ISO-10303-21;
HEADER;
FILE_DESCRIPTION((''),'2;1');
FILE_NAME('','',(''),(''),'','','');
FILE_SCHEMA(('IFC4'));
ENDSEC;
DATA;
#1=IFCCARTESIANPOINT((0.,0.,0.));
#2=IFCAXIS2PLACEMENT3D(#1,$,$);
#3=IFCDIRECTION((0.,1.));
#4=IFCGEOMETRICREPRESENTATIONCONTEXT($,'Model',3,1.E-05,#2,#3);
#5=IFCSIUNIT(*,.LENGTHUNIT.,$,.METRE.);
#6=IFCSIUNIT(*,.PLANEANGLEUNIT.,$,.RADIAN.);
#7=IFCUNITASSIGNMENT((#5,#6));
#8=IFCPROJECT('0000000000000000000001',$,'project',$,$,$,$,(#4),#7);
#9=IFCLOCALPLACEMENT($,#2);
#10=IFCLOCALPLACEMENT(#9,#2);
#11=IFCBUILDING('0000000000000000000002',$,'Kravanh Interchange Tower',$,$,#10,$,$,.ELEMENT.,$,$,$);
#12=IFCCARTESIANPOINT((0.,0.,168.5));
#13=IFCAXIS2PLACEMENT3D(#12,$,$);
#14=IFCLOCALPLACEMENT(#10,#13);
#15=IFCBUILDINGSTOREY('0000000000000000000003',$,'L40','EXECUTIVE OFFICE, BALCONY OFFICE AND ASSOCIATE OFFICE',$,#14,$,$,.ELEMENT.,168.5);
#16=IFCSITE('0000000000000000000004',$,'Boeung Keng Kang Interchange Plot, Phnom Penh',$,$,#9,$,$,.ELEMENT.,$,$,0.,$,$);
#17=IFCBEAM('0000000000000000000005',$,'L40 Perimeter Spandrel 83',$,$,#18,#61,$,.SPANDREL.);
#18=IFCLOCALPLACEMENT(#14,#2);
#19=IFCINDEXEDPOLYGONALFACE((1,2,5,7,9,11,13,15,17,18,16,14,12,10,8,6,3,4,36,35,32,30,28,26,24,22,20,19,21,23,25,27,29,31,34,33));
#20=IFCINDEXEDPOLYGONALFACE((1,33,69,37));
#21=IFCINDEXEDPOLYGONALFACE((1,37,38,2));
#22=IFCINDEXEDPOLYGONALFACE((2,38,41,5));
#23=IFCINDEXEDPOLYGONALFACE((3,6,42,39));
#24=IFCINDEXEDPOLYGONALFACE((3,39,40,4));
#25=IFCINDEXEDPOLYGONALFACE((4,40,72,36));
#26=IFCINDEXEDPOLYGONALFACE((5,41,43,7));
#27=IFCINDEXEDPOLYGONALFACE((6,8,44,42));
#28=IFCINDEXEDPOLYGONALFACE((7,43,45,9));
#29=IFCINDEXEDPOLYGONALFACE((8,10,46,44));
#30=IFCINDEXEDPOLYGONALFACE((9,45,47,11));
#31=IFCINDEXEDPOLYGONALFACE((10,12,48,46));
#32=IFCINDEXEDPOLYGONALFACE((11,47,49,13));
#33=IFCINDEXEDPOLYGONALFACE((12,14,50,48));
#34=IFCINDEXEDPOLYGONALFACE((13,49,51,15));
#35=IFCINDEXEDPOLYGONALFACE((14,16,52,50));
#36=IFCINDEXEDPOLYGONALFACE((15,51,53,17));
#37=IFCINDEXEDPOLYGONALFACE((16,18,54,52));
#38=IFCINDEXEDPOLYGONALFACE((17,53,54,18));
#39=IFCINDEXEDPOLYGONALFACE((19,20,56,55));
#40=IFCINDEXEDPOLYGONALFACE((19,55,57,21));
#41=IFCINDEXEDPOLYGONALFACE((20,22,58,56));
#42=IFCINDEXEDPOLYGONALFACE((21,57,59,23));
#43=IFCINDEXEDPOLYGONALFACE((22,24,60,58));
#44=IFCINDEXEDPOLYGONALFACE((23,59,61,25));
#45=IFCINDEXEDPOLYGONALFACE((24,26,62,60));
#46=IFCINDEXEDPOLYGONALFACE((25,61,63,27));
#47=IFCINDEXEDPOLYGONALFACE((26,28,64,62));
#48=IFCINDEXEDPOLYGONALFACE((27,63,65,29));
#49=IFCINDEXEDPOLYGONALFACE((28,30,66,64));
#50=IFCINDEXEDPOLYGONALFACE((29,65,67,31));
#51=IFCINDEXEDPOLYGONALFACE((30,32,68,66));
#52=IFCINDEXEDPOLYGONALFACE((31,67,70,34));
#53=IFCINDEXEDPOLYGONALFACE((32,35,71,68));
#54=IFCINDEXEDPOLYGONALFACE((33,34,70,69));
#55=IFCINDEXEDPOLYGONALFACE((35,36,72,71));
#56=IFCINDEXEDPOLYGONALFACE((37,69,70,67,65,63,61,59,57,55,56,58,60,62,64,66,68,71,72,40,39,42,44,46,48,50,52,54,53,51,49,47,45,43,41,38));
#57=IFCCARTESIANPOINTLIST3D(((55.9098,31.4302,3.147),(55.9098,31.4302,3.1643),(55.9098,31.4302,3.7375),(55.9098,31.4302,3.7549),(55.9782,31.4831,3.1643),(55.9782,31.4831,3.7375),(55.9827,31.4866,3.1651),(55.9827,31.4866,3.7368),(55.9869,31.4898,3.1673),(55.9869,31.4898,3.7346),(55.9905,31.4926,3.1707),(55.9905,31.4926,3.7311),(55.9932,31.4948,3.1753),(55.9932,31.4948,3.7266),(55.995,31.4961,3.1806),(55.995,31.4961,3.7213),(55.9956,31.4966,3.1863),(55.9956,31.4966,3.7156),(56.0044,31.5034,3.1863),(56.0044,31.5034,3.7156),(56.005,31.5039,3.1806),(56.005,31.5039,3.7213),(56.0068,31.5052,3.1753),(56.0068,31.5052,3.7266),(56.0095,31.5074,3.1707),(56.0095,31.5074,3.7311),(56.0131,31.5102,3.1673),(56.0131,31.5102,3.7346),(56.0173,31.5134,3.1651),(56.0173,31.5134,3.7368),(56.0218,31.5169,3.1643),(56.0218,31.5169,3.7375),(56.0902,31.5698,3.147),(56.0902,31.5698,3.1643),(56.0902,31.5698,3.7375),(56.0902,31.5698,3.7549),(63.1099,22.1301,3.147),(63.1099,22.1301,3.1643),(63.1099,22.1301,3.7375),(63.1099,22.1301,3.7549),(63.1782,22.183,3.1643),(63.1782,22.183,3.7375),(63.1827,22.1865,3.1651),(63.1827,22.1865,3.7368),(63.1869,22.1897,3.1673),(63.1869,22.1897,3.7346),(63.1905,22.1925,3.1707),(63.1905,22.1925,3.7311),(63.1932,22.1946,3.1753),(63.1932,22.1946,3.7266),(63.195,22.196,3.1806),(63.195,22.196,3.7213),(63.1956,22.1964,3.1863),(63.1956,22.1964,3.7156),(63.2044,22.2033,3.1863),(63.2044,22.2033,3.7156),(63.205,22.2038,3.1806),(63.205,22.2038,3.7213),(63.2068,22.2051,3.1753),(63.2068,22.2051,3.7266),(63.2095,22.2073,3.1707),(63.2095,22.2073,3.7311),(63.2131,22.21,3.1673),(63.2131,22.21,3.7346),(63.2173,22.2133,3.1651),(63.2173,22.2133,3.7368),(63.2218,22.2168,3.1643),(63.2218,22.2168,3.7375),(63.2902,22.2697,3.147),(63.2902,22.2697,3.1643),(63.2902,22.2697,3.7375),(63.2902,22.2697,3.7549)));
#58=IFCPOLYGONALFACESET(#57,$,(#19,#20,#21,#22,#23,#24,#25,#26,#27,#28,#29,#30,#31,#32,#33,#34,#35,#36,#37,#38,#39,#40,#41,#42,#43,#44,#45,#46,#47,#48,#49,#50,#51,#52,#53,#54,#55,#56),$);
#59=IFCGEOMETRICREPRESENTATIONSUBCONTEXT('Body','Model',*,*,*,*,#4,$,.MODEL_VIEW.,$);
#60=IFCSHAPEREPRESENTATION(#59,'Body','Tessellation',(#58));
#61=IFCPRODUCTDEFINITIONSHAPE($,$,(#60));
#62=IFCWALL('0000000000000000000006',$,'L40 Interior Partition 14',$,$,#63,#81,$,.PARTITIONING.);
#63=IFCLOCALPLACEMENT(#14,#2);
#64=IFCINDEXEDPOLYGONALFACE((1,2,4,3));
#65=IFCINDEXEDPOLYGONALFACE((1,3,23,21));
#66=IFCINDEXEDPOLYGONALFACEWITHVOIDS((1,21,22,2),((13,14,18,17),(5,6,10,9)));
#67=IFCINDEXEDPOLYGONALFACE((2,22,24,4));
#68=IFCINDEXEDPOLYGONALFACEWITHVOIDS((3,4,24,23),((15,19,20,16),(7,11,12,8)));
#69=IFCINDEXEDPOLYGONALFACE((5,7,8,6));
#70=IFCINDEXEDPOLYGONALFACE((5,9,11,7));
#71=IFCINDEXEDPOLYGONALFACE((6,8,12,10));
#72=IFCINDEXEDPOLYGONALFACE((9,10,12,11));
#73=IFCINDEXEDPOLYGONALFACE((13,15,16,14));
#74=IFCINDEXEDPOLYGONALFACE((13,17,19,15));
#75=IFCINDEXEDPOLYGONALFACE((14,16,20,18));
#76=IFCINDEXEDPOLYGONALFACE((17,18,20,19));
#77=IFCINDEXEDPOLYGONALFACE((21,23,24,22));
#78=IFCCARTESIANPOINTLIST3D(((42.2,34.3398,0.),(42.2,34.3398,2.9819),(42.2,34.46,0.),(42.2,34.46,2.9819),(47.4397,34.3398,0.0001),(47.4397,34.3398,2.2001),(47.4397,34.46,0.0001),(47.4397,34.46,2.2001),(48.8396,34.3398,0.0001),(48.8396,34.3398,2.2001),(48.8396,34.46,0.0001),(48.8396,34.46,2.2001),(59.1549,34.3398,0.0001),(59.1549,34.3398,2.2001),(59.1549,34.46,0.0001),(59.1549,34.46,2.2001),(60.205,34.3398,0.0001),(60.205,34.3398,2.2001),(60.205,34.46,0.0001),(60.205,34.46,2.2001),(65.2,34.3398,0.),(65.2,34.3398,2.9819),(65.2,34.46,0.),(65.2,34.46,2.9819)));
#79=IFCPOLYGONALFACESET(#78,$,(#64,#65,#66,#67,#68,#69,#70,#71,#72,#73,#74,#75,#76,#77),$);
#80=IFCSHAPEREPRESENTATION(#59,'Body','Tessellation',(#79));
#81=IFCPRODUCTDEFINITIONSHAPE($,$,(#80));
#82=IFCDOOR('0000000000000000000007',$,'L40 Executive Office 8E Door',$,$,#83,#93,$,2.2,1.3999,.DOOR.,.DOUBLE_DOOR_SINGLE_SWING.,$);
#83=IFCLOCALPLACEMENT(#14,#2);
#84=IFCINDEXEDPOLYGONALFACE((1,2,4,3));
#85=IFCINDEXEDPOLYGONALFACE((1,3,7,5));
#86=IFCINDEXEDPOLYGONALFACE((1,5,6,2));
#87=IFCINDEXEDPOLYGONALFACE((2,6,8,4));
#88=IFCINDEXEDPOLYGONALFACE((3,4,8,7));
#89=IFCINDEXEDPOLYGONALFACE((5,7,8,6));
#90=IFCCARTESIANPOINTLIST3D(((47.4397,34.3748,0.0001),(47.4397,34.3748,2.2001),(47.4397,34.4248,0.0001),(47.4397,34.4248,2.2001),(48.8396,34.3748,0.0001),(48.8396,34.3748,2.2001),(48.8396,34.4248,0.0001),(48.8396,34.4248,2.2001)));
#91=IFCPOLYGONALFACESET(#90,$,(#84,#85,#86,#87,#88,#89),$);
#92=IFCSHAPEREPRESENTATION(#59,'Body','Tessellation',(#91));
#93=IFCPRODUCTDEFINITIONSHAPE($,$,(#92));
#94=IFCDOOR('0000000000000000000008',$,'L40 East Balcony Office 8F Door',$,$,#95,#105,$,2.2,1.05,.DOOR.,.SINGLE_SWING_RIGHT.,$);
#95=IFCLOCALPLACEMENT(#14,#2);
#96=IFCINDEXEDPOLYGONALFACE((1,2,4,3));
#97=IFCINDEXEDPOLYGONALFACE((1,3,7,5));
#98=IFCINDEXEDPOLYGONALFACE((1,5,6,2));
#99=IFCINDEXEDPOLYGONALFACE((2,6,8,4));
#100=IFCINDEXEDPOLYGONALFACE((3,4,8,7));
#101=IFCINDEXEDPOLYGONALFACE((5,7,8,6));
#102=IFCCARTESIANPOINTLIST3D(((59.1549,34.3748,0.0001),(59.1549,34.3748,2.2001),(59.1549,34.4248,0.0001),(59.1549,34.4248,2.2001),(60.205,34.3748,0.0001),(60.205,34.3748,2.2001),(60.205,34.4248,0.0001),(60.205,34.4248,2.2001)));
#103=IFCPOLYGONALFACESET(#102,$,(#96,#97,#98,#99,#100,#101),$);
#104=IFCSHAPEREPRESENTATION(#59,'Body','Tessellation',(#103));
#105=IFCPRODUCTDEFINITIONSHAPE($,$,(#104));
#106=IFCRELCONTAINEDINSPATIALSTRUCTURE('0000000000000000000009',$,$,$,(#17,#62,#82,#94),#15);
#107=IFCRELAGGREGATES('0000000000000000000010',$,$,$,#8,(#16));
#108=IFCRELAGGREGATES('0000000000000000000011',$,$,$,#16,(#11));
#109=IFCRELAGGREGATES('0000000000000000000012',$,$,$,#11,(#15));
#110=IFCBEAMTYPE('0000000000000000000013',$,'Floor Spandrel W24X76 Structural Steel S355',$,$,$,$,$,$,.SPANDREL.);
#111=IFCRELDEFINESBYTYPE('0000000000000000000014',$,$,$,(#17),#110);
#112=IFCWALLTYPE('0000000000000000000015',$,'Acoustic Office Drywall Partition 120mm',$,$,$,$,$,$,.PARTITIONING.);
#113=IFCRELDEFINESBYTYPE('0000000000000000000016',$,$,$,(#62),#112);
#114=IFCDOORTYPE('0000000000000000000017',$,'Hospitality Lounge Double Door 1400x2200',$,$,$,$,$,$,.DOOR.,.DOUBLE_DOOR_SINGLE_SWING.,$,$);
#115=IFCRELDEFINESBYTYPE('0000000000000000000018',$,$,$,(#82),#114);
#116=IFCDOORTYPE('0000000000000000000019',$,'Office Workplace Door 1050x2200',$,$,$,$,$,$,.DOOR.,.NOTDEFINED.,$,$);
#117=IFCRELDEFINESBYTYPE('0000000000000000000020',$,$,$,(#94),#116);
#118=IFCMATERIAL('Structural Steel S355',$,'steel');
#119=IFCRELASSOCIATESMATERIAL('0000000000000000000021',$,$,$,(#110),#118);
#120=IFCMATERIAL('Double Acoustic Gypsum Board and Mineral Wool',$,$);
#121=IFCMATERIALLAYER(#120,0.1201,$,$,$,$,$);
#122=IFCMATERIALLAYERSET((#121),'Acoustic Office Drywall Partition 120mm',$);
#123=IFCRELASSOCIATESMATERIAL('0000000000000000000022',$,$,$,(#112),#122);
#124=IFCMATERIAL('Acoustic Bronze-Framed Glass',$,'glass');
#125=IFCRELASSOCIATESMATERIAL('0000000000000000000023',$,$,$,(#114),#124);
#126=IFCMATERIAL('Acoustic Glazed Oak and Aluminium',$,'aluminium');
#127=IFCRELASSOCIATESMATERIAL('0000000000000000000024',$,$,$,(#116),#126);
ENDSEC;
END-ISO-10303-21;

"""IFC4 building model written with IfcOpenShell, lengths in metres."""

from ifc_helpers import new_model, si_unit, direction, frame, frame_2d, origin, origin_2d, place, context, subcontext, project, spatial, rectangle, i_section, extrude, material, layer, layer_set, material_profile, profile_set, type_object, element, fill, save


model = new_model("IFC4")

# Units and contexts
model_context = context("Model", 3, precision=1e-05, world=origin(), true_north=direction((0.0, 1.0)))
body_context = subcontext(model_context, "Body", "Model", "MODEL_VIEW")
ifc_project = project(units=[si_unit("LENGTHUNIT", "METRE"), si_unit("PLANEANGLEUNIT", "RADIAN")], contexts=[model_context])

# Site, building, storey
site_placement = place(None, origin())
site = spatial("IfcSite", under=ifc_project, at=site_placement, Name="Boeung Keng Kang Interchange Plot, Phnom Penh", CompositionType="ELEMENT", RefElevation=0.0)
building_placement = place(site_placement, origin())
building = spatial("IfcBuilding", under=site, at=building_placement, Name="Kravanh Interchange Tower", CompositionType="ELEMENT")
storey_placement = place(building_placement, frame((0.0, 0.0, 168.5)))
storey = spatial("IfcBuildingStorey", under=building, at=storey_placement, Name="L40", Description="EXECUTIVE OFFICE, BALCONY OFFICE AND ASSOCIATE OFFICE", CompositionType="ELEMENT", Elevation=168.5)

# Beam
ifc_material_1 = material(Name="Structural Steel S355", Category="steel")
ifc_material_profile_1 = material_profile(ifc_material_1, i_section(OverallWidth=0.228, OverallDepth=0.6079, WebThickness=0.0112, FlangeThickness=0.0173, FilletRadius=0.022, at=origin_2d()), Name="W24X76")
ifc_profile_set_1 = profile_set([ifc_material_profile_1], Name="Structural Steel S355")
beam_type_1 = type_object("IfcBeamType", Name="Floor Spandrel W24X76 Structural Steel S355", PredefinedType="SPANDREL", material=ifc_profile_set_1)
beam_1_placement = place(storey_placement, frame((56.0, 31.5, 3.4509), z_axis=(0.612169, -0.790727, 0.0), x_axis=(0.790727, 0.612169, 0.0)))
element("IfcBeam", 1, at=beam_1_placement, inside=storey, type_object=beam_type_1, Name="L40 Perimeter Spandrel 83", PredefinedType="SPANDREL", context=body_context, shape_type="SweptSolid", body=[
    extrude(i_section(OverallWidth=0.228, OverallDepth=0.6079, WebThickness=0.0112, FlangeThickness=0.0173, FilletRadius=0.022, at=origin_2d()), origin(), (0.0, 0.0, 1.0), 11.7615),
])

# Wall, openings, doors
ifc_material_2 = material(Name="Double Acoustic Gypsum Board and Mineral Wool")
ifc_layer = layer(ifc_material_2, 0.1201)
ifc_layer_set = layer_set([ifc_layer], Name="Acoustic Office Drywall Partition 120mm")
wall_type = type_object("IfcWallType", Name="Acoustic Office Drywall Partition 120mm", PredefinedType="PARTITIONING", material=ifc_layer_set)
wall_placement = place(storey_placement, frame((42.2, 34.3999, 0.0), z_axis=(0.0, 0.0, 1.0), x_axis=(1.0, 0.0, 0.0)))
wall = element("IfcWall", 2, at=wall_placement, inside=storey, type_object=wall_type, Name="L40 Interior Partition 14", PredefinedType="PARTITIONING", context=body_context, shape_type="SweptSolid", body=[
    extrude(rectangle(XDim=23.0, YDim=0.1201, at=frame_2d((11.5, 0.0))), origin(), (0.0, 0.0, 1.0), 2.9819),
])
opening_1_placement = place(wall_placement, frame((5.2397, 0.0, 0.0)))
opening_1 = element("IfcOpeningElement", 3, at=opening_1_placement, cuts=wall, PredefinedType="OPENING", context=body_context, shape_type="SweptSolid", body=[
    extrude(rectangle(XDim=1.3999, YDim=2.2, at=frame_2d((0.7, 1.1001))), frame((0.0, 0.0701, 0.0), z_axis=(0.0, -1.0, 0.0), x_axis=(1.0, 0.0, 0.0)), (0.0, 0.0, 1.0), 0.1401),
])
opening_2_placement = place(wall_placement, frame((16.9551, 0.0, 0.0)))
opening_2 = element("IfcOpeningElement", 4, at=opening_2_placement, cuts=wall, PredefinedType="OPENING", context=body_context, shape_type="SweptSolid", body=[
    extrude(rectangle(XDim=1.05, YDim=2.2, at=frame_2d((0.5249, 1.1001))), frame((0.0, 0.0701, 0.0), z_axis=(0.0, -1.0, 0.0), x_axis=(1.0, 0.0, 0.0)), (0.0, 0.0, 1.0), 0.1401),
])
ifc_material_3 = material(Name="Acoustic Bronze-Framed Glass", Category="glass")
door_type_1 = type_object("IfcDoorType", Name="Hospitality Lounge Double Door 1400x2200", OperationType="DOUBLE_DOOR_SINGLE_SWING", PredefinedType="DOOR", material=ifc_material_3)
door_1_placement = place(opening_1_placement, origin())
door_1 = element("IfcDoor", 5, at=door_1_placement, inside=storey, type_object=door_type_1, Name="L40 Executive Office 8E Door", OperationType="DOUBLE_DOOR_SINGLE_SWING", OverallHeight=2.2, OverallWidth=1.3999, PredefinedType="DOOR", context=body_context, shape_type="SweptSolid", body=[
    extrude(rectangle(XDim=1.3999, YDim=2.2, at=frame_2d((0.7, 1.1001))), frame((0.0, 0.0249, 0.0), z_axis=(0.0, -1.0, 0.0), x_axis=(1.0, 0.0, 0.0)), (0.0, 0.0, 1.0), 0.05),
])
fill(opening_1, door_1)
ifc_material_4 = material(Name="Acoustic Glazed Oak and Aluminium", Category="aluminium")
door_type_2 = type_object("IfcDoorType", Name="Office Workplace Door 1050x2200", OperationType="NOTDEFINED", PredefinedType="DOOR", material=ifc_material_4)
door_2_placement = place(opening_2_placement, origin())
door_2 = element("IfcDoor", 6, at=door_2_placement, inside=storey, type_object=door_type_2, Name="L40 East Balcony Office 8F Door", OperationType="SINGLE_SWING_RIGHT", OverallHeight=2.2, OverallWidth=1.05, PredefinedType="DOOR", context=body_context, shape_type="SweptSolid", body=[
    extrude(rectangle(XDim=1.05, YDim=2.2, at=frame_2d((0.5249, 1.1001))), frame((0.0, 0.0249, 0.0), z_axis=(0.0, -1.0, 0.0), x_axis=(1.0, 0.0, 0.0)), (0.0, 0.0, 1.0), 0.05),
])
fill(opening_2, door_2)

save(model, "model.ifc")
